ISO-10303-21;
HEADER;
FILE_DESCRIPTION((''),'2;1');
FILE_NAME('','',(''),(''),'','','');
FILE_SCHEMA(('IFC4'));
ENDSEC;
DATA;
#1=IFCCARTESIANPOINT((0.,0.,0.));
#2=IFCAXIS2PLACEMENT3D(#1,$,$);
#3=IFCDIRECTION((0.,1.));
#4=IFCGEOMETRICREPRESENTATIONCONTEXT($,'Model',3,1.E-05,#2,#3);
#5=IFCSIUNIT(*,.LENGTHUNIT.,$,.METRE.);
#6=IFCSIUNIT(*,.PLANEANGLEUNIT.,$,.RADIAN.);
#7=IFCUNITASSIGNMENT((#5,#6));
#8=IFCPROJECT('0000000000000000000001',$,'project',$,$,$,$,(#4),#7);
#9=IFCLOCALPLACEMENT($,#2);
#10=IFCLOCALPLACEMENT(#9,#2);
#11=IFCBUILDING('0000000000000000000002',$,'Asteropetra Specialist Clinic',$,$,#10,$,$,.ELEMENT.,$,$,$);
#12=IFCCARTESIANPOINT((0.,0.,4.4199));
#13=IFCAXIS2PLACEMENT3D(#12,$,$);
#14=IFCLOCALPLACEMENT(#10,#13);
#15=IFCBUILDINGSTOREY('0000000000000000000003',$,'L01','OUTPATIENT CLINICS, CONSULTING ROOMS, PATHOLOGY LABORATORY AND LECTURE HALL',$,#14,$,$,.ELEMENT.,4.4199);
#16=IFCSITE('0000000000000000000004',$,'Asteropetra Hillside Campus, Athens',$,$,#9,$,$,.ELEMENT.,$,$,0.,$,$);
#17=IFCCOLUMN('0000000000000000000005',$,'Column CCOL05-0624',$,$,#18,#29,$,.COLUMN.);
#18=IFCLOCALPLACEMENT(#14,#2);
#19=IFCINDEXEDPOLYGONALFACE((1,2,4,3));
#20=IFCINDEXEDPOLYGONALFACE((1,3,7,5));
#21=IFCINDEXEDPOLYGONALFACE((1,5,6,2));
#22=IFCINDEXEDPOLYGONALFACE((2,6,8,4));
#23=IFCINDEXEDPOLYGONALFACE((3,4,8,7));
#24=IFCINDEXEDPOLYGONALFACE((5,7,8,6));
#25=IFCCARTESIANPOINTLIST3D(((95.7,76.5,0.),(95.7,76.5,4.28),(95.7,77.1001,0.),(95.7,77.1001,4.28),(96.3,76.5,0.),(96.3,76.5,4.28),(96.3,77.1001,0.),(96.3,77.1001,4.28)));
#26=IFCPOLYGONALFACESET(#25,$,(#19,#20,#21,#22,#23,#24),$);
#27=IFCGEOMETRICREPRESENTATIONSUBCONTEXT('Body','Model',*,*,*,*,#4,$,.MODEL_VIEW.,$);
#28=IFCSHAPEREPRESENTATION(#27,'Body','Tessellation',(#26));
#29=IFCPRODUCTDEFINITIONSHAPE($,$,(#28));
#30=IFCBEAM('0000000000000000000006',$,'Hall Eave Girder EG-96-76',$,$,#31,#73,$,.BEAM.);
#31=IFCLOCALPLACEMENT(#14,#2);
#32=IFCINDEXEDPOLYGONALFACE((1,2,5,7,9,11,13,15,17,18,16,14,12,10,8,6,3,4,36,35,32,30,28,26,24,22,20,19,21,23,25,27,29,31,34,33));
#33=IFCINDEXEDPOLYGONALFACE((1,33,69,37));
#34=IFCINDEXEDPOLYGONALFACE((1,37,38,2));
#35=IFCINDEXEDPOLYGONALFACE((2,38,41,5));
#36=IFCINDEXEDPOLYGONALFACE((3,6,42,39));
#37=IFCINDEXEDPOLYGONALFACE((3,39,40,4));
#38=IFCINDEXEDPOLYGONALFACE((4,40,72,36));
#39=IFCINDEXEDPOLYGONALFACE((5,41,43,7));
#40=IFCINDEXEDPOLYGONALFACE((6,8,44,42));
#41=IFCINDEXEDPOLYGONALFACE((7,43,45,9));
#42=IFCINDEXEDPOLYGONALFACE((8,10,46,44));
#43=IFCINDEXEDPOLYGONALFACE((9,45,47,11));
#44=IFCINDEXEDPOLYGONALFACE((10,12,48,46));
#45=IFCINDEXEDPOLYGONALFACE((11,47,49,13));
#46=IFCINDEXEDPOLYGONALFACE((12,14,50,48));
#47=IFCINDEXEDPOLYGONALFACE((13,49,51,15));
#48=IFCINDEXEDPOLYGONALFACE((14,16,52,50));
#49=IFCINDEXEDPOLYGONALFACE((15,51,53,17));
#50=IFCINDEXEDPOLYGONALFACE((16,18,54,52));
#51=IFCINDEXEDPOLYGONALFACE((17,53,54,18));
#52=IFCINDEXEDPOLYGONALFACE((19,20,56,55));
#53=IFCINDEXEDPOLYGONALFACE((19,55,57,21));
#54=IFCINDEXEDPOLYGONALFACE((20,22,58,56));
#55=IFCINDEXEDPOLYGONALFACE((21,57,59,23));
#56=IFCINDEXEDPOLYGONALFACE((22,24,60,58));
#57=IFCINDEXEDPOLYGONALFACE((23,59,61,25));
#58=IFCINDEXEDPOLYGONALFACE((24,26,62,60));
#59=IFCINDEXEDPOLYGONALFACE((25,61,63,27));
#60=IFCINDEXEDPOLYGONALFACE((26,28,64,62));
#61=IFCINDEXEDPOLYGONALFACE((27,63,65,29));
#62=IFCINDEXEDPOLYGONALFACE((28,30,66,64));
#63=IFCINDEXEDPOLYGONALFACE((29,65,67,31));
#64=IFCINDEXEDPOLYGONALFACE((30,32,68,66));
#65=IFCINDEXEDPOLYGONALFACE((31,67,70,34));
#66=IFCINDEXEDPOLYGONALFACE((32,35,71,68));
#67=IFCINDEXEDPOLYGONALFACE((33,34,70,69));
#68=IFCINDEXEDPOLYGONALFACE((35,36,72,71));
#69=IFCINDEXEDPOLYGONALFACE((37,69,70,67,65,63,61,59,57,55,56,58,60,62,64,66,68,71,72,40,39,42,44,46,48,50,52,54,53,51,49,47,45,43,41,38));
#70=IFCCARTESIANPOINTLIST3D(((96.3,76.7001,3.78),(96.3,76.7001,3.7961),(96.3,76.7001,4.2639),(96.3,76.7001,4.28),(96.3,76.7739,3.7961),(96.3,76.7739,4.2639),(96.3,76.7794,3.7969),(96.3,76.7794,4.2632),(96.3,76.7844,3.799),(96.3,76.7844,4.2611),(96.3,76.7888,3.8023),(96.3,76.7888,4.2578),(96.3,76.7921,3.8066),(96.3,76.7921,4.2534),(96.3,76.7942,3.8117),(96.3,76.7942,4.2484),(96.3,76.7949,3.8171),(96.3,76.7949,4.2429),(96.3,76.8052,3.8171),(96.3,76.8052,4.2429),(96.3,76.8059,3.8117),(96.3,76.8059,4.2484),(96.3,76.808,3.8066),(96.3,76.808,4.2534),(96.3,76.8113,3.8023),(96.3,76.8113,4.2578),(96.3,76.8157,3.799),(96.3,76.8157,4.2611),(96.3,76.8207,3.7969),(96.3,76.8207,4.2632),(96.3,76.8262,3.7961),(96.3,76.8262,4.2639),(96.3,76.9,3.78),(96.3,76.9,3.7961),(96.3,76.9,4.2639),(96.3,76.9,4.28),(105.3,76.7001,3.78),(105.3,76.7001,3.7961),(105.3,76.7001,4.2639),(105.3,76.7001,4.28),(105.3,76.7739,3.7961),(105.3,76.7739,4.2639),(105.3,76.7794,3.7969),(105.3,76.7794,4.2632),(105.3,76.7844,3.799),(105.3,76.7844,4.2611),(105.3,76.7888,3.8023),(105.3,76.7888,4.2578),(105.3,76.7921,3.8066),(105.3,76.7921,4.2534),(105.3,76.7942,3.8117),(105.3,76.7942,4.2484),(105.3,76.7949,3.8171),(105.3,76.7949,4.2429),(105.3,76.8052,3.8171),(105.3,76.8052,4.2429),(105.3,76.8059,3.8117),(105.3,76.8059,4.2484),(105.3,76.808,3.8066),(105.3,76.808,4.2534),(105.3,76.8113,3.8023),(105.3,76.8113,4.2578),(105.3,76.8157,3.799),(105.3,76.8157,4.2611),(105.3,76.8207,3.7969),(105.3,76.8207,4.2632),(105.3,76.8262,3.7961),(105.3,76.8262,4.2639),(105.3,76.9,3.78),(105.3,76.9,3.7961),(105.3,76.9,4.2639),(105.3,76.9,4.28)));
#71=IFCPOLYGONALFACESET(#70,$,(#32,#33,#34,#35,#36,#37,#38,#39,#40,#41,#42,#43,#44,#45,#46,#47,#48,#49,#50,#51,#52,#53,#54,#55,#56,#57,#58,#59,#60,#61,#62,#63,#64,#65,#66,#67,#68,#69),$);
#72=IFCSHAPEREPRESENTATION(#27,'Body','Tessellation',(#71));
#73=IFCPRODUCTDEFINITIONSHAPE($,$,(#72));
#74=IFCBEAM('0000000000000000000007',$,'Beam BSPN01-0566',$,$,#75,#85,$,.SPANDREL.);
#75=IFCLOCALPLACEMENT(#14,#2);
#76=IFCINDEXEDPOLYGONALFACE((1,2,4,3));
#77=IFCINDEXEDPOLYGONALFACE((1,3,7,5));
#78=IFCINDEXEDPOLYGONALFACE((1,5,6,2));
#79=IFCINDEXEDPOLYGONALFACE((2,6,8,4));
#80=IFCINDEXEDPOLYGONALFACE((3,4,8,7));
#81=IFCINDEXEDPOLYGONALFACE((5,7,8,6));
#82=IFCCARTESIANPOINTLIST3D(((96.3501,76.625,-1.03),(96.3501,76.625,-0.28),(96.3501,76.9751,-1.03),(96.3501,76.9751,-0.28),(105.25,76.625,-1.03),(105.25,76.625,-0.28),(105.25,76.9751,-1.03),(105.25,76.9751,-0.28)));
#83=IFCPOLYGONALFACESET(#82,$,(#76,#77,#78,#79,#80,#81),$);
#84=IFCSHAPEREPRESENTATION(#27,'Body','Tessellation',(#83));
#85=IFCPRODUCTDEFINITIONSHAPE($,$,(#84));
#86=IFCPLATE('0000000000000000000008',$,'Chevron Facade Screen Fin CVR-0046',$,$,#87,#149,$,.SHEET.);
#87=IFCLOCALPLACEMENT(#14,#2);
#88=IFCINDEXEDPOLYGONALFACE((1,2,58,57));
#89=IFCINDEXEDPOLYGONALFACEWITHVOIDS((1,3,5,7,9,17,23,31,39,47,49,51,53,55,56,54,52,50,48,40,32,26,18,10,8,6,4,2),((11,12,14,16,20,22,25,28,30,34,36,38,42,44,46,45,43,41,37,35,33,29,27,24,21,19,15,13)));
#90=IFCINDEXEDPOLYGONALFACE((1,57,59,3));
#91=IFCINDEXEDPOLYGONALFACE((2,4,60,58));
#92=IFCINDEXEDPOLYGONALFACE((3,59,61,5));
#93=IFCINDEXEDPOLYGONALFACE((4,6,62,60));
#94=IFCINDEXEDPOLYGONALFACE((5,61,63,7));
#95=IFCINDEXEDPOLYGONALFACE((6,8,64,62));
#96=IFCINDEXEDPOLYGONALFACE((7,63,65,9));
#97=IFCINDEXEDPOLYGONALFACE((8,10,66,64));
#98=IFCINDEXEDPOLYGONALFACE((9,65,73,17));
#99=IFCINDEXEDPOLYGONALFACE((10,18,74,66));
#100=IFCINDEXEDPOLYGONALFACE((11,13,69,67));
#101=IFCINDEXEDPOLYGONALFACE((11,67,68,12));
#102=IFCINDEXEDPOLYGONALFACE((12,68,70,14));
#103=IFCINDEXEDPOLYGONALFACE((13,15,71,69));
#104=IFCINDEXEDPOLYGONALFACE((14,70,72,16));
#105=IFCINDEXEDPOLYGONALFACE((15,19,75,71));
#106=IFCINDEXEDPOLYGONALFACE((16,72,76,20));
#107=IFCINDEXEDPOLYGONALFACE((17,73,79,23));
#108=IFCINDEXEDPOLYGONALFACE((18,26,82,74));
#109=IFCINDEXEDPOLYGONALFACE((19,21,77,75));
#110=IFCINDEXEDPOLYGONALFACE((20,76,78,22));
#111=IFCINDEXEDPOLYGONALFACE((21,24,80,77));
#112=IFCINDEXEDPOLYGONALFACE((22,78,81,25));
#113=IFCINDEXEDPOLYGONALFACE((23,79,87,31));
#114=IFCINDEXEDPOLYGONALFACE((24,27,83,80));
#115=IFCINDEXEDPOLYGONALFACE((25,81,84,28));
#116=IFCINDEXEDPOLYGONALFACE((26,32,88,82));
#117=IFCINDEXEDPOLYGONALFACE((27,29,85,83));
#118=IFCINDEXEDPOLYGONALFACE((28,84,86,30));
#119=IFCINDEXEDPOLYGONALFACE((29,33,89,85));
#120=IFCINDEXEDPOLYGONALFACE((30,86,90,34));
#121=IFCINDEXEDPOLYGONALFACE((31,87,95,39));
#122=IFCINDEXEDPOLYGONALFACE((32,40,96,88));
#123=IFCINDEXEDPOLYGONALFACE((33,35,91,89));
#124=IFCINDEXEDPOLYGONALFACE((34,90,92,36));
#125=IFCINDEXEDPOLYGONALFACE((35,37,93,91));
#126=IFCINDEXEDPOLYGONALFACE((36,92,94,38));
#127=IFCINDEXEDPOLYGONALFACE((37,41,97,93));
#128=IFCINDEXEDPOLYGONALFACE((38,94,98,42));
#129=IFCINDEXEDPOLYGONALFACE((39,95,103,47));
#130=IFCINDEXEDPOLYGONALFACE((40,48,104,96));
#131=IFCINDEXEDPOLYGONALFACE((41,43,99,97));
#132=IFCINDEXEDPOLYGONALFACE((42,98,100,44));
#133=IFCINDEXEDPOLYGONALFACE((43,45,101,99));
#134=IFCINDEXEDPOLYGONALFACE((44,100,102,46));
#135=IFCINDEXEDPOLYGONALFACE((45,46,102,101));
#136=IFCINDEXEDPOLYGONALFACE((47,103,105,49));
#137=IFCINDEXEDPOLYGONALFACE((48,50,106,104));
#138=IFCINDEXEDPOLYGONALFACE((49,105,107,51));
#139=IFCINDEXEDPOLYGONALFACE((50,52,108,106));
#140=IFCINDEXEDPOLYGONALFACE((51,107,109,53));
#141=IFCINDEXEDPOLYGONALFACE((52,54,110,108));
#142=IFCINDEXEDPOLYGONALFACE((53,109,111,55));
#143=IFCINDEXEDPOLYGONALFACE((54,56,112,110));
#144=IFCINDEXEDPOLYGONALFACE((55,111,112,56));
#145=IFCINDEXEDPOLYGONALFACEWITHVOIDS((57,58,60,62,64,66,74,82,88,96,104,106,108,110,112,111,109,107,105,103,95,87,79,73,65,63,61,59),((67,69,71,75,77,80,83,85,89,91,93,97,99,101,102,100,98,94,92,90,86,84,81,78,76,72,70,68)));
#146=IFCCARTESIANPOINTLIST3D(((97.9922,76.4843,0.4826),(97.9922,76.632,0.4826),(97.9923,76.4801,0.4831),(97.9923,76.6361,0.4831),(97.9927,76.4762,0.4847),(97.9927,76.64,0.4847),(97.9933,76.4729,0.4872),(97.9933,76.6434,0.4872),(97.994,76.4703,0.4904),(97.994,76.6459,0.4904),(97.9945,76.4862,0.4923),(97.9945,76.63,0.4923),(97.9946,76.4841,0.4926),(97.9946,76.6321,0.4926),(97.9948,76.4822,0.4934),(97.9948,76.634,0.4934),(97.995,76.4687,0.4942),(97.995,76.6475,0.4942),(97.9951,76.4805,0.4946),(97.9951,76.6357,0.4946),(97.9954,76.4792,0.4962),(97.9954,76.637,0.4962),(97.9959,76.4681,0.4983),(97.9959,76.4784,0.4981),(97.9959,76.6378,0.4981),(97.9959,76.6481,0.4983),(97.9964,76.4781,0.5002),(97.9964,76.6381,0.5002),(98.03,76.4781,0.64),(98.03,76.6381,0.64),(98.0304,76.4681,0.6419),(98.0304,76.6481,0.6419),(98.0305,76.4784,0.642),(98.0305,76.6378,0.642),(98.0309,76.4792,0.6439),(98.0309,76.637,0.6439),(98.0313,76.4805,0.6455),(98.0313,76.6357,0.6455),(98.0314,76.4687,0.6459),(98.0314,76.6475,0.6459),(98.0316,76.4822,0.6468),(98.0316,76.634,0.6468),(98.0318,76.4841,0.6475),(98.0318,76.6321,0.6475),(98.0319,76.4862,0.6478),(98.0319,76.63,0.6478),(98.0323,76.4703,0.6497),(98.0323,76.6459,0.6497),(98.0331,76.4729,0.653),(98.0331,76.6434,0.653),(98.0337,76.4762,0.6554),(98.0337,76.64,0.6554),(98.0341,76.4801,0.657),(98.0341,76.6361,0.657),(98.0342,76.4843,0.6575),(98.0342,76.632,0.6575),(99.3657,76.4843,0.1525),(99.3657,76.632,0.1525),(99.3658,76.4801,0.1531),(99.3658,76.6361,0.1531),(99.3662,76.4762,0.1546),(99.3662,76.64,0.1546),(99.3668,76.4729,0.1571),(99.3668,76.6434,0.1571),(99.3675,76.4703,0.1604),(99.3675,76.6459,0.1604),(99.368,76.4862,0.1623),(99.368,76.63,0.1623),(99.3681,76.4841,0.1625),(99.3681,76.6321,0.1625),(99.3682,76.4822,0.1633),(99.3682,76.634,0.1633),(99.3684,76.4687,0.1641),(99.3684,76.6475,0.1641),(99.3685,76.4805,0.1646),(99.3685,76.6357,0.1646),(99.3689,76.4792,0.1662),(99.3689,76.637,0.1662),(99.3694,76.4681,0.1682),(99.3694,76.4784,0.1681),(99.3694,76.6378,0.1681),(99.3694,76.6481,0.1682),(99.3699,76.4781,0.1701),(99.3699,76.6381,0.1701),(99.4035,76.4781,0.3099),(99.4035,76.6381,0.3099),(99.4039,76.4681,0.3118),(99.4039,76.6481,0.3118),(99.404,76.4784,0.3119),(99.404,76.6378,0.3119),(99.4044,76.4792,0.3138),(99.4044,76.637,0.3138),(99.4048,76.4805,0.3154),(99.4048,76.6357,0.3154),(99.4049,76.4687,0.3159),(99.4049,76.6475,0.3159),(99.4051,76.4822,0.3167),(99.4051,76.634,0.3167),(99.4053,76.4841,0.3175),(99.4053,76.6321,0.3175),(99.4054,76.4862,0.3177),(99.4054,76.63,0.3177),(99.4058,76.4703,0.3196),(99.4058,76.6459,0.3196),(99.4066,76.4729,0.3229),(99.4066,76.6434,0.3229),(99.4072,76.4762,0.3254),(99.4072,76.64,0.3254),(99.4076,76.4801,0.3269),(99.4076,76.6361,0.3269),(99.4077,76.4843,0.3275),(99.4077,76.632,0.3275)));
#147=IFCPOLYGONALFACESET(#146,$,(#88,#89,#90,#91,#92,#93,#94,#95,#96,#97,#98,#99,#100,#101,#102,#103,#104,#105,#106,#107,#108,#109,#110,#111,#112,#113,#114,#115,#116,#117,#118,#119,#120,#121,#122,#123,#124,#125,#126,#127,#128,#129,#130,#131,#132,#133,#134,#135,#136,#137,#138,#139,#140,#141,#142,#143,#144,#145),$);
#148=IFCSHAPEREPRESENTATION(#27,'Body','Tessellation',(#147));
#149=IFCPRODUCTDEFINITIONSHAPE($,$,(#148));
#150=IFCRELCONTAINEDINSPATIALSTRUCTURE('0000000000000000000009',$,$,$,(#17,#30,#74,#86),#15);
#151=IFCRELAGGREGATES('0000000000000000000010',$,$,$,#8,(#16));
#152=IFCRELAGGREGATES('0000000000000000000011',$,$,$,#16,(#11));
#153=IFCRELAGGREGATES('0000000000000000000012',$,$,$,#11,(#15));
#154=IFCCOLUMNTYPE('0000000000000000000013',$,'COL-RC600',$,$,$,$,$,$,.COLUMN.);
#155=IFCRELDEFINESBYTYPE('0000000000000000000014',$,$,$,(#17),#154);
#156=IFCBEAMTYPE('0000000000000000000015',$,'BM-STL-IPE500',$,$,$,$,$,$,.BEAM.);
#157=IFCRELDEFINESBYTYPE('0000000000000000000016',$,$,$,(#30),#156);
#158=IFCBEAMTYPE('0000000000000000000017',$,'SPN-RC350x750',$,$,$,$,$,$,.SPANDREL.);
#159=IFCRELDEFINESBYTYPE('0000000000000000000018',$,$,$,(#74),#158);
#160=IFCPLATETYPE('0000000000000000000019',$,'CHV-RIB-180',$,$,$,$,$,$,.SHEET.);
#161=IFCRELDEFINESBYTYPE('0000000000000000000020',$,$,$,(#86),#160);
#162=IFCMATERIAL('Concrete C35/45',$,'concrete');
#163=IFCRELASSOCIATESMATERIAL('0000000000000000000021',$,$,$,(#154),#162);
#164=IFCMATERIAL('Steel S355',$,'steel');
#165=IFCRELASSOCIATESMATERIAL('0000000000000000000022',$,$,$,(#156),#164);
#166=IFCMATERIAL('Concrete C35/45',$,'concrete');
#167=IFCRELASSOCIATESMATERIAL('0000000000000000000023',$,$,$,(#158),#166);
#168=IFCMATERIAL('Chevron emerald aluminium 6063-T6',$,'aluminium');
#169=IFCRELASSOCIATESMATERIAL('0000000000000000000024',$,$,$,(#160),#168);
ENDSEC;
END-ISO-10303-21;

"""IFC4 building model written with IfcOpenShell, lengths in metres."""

from ifc_helpers import new_model, si_unit, direction, frame, origin, origin_2d, place, context, subcontext, project, spatial, rectangle, hollow_rectangle, i_section, extrude, material, material_profile, profile_set, type_object, element, save


model = new_model("IFC4")

# Units and contexts
model_context = context("Model", 3, precision=1e-05, world=origin(), true_north=direction((0.0, 1.0)))
body_context = subcontext(model_context, "Body", "Model", "MODEL_VIEW")
ifc_project = project(units=[si_unit("LENGTHUNIT", "METRE"), si_unit("PLANEANGLEUNIT", "RADIAN")], contexts=[model_context])

# Site, building, storey
site_placement = place(None, origin())
site = spatial("IfcSite", under=ifc_project, at=site_placement, Name="Asteropetra Hillside Campus, Athens", CompositionType="ELEMENT", RefElevation=0.0)
building_placement = place(site_placement, origin())
building = spatial("IfcBuilding", under=site, at=building_placement, Name="Asteropetra Specialist Clinic", CompositionType="ELEMENT")
storey_placement = place(building_placement, frame((0.0, 0.0, 4.4199)))
storey = spatial("IfcBuildingStorey", under=building, at=storey_placement, Name="L01", Description="OUTPATIENT CLINICS, CONSULTING ROOMS, PATHOLOGY LABORATORY AND LECTURE HALL", CompositionType="ELEMENT", Elevation=4.4199)

# Column
ifc_material_1 = material(Name="Concrete C35/45", Category="concrete")
ifc_material_profile_1 = material_profile(ifc_material_1, rectangle(XDim=0.6001, YDim=0.6001, at=origin_2d()), Name="RC 600x600")
ifc_profile_set_1 = profile_set([ifc_material_profile_1], Name="Concrete C35/45")
column_type = type_object("IfcColumnType", Name="COL-RC600", PredefinedType="COLUMN", material=ifc_profile_set_1)
column_placement = place(storey_placement, frame((96.0, 76.8, 0.0), z_axis=(0.0, 0.0, 1.0), x_axis=(1.0, 0.0, 0.0)))
element("IfcColumn", 1, at=column_placement, inside=storey, type_object=column_type, Name="Column CCOL05-0624", PredefinedType="COLUMN", context=body_context, shape_type="SweptSolid", body=[
    extrude(rectangle(XDim=0.6001, YDim=0.6001, at=origin_2d()), origin(), (0.0, 0.0, 1.0), 4.28),
])

# Beams
ifc_material_2 = material(Name="Steel S355", Category="steel")
ifc_material_profile_2 = material_profile(ifc_material_2, i_section(OverallWidth=0.2, OverallDepth=0.5, WebThickness=0.0103, FlangeThickness=0.0161, FilletRadius=0.021, at=origin_2d()), Name="IPE 500")
ifc_profile_set_2 = profile_set([ifc_material_profile_2], Name="Steel S355")
beam_type_1 = type_object("IfcBeamType", Name="BM-STL-IPE500", PredefinedType="BEAM", material=ifc_profile_set_2)
beam_1_placement = place(storey_placement, frame((96.3, 76.8, 4.03), z_axis=(1.0, 0.0, 0.0), x_axis=(0.0, 1.0, 0.0)))
element("IfcBeam", 2, at=beam_1_placement, inside=storey, type_object=beam_type_1, Name="Hall Eave Girder EG-96-76", PredefinedType="BEAM", context=body_context, shape_type="SweptSolid", body=[
    extrude(i_section(OverallWidth=0.2, OverallDepth=0.5, WebThickness=0.0103, FlangeThickness=0.0161, FilletRadius=0.021, at=origin_2d()), origin(), (0.0, 0.0, 1.0), 9.0),
])
ifc_material_3 = material(Name="Concrete C35/45", Category="concrete")
ifc_material_profile_3 = material_profile(ifc_material_3, rectangle(XDim=0.3501, YDim=0.75, at=origin_2d()), Name="RCS 350x750")
ifc_profile_set_3 = profile_set([ifc_material_profile_3], Name="Concrete C35/45")
beam_type_2 = type_object("IfcBeamType", Name="SPN-RC350x750", PredefinedType="SPANDREL", material=ifc_profile_set_3)
beam_2_placement = place(storey_placement, frame((96.3501, 76.8, -0.655), z_axis=(1.0, 0.0, 0.0), x_axis=(0.0, 1.0, 0.0)))
element("IfcBeam", 3, at=beam_2_placement, inside=storey, type_object=beam_type_2, Name="Beam BSPN01-0566", PredefinedType="SPANDREL", context=body_context, shape_type="SweptSolid", body=[
    extrude(rectangle(XDim=0.3501, YDim=0.75, at=origin_2d()), origin(), (0.0, 0.0, 1.0), 8.8999),
])

# Plate
ifc_material_4 = material(Name="Chevron emerald aluminium 6063-T6", Category="aluminium")
ifc_material_profile_4 = material_profile(ifc_material_4, hollow_rectangle(XDim=0.1799, YDim=0.1799, WallThickness=0.01, InnerFilletRadius=0.0081, OuterFilletRadius=0.0161, at=origin_2d()), Name="SHS 180x180x10.0")
ifc_profile_set_4 = profile_set([ifc_material_profile_4], Name="Chevron emerald aluminium 6063-T6")
plate_type = type_object("IfcPlateType", Name="CHV-RIB-180", PredefinedType="SHEET", material=ifc_profile_set_4)
plate_1_placement = place(storey_placement, frame((98.0132, 76.5581, 0.5701), z_axis=(0.972318, 0.0, -0.233661), x_axis=(0.0, 1.0, 0.0)))
element("IfcPlate", 4, at=plate_1_placement, inside=storey, type_object=plate_type, Name="Chevron Facade Screen Fin CVR-0046", PredefinedType="SHEET", context=body_context, shape_type="SweptSolid", body=[
    extrude(hollow_rectangle(XDim=0.1799, YDim=0.1799, WallThickness=0.01, InnerFilletRadius=0.0081, OuterFilletRadius=0.0161, at=origin_2d()), origin(), (0.0, 0.0, 1.0), 1.4126),
])

save(model, "model.ifc")
